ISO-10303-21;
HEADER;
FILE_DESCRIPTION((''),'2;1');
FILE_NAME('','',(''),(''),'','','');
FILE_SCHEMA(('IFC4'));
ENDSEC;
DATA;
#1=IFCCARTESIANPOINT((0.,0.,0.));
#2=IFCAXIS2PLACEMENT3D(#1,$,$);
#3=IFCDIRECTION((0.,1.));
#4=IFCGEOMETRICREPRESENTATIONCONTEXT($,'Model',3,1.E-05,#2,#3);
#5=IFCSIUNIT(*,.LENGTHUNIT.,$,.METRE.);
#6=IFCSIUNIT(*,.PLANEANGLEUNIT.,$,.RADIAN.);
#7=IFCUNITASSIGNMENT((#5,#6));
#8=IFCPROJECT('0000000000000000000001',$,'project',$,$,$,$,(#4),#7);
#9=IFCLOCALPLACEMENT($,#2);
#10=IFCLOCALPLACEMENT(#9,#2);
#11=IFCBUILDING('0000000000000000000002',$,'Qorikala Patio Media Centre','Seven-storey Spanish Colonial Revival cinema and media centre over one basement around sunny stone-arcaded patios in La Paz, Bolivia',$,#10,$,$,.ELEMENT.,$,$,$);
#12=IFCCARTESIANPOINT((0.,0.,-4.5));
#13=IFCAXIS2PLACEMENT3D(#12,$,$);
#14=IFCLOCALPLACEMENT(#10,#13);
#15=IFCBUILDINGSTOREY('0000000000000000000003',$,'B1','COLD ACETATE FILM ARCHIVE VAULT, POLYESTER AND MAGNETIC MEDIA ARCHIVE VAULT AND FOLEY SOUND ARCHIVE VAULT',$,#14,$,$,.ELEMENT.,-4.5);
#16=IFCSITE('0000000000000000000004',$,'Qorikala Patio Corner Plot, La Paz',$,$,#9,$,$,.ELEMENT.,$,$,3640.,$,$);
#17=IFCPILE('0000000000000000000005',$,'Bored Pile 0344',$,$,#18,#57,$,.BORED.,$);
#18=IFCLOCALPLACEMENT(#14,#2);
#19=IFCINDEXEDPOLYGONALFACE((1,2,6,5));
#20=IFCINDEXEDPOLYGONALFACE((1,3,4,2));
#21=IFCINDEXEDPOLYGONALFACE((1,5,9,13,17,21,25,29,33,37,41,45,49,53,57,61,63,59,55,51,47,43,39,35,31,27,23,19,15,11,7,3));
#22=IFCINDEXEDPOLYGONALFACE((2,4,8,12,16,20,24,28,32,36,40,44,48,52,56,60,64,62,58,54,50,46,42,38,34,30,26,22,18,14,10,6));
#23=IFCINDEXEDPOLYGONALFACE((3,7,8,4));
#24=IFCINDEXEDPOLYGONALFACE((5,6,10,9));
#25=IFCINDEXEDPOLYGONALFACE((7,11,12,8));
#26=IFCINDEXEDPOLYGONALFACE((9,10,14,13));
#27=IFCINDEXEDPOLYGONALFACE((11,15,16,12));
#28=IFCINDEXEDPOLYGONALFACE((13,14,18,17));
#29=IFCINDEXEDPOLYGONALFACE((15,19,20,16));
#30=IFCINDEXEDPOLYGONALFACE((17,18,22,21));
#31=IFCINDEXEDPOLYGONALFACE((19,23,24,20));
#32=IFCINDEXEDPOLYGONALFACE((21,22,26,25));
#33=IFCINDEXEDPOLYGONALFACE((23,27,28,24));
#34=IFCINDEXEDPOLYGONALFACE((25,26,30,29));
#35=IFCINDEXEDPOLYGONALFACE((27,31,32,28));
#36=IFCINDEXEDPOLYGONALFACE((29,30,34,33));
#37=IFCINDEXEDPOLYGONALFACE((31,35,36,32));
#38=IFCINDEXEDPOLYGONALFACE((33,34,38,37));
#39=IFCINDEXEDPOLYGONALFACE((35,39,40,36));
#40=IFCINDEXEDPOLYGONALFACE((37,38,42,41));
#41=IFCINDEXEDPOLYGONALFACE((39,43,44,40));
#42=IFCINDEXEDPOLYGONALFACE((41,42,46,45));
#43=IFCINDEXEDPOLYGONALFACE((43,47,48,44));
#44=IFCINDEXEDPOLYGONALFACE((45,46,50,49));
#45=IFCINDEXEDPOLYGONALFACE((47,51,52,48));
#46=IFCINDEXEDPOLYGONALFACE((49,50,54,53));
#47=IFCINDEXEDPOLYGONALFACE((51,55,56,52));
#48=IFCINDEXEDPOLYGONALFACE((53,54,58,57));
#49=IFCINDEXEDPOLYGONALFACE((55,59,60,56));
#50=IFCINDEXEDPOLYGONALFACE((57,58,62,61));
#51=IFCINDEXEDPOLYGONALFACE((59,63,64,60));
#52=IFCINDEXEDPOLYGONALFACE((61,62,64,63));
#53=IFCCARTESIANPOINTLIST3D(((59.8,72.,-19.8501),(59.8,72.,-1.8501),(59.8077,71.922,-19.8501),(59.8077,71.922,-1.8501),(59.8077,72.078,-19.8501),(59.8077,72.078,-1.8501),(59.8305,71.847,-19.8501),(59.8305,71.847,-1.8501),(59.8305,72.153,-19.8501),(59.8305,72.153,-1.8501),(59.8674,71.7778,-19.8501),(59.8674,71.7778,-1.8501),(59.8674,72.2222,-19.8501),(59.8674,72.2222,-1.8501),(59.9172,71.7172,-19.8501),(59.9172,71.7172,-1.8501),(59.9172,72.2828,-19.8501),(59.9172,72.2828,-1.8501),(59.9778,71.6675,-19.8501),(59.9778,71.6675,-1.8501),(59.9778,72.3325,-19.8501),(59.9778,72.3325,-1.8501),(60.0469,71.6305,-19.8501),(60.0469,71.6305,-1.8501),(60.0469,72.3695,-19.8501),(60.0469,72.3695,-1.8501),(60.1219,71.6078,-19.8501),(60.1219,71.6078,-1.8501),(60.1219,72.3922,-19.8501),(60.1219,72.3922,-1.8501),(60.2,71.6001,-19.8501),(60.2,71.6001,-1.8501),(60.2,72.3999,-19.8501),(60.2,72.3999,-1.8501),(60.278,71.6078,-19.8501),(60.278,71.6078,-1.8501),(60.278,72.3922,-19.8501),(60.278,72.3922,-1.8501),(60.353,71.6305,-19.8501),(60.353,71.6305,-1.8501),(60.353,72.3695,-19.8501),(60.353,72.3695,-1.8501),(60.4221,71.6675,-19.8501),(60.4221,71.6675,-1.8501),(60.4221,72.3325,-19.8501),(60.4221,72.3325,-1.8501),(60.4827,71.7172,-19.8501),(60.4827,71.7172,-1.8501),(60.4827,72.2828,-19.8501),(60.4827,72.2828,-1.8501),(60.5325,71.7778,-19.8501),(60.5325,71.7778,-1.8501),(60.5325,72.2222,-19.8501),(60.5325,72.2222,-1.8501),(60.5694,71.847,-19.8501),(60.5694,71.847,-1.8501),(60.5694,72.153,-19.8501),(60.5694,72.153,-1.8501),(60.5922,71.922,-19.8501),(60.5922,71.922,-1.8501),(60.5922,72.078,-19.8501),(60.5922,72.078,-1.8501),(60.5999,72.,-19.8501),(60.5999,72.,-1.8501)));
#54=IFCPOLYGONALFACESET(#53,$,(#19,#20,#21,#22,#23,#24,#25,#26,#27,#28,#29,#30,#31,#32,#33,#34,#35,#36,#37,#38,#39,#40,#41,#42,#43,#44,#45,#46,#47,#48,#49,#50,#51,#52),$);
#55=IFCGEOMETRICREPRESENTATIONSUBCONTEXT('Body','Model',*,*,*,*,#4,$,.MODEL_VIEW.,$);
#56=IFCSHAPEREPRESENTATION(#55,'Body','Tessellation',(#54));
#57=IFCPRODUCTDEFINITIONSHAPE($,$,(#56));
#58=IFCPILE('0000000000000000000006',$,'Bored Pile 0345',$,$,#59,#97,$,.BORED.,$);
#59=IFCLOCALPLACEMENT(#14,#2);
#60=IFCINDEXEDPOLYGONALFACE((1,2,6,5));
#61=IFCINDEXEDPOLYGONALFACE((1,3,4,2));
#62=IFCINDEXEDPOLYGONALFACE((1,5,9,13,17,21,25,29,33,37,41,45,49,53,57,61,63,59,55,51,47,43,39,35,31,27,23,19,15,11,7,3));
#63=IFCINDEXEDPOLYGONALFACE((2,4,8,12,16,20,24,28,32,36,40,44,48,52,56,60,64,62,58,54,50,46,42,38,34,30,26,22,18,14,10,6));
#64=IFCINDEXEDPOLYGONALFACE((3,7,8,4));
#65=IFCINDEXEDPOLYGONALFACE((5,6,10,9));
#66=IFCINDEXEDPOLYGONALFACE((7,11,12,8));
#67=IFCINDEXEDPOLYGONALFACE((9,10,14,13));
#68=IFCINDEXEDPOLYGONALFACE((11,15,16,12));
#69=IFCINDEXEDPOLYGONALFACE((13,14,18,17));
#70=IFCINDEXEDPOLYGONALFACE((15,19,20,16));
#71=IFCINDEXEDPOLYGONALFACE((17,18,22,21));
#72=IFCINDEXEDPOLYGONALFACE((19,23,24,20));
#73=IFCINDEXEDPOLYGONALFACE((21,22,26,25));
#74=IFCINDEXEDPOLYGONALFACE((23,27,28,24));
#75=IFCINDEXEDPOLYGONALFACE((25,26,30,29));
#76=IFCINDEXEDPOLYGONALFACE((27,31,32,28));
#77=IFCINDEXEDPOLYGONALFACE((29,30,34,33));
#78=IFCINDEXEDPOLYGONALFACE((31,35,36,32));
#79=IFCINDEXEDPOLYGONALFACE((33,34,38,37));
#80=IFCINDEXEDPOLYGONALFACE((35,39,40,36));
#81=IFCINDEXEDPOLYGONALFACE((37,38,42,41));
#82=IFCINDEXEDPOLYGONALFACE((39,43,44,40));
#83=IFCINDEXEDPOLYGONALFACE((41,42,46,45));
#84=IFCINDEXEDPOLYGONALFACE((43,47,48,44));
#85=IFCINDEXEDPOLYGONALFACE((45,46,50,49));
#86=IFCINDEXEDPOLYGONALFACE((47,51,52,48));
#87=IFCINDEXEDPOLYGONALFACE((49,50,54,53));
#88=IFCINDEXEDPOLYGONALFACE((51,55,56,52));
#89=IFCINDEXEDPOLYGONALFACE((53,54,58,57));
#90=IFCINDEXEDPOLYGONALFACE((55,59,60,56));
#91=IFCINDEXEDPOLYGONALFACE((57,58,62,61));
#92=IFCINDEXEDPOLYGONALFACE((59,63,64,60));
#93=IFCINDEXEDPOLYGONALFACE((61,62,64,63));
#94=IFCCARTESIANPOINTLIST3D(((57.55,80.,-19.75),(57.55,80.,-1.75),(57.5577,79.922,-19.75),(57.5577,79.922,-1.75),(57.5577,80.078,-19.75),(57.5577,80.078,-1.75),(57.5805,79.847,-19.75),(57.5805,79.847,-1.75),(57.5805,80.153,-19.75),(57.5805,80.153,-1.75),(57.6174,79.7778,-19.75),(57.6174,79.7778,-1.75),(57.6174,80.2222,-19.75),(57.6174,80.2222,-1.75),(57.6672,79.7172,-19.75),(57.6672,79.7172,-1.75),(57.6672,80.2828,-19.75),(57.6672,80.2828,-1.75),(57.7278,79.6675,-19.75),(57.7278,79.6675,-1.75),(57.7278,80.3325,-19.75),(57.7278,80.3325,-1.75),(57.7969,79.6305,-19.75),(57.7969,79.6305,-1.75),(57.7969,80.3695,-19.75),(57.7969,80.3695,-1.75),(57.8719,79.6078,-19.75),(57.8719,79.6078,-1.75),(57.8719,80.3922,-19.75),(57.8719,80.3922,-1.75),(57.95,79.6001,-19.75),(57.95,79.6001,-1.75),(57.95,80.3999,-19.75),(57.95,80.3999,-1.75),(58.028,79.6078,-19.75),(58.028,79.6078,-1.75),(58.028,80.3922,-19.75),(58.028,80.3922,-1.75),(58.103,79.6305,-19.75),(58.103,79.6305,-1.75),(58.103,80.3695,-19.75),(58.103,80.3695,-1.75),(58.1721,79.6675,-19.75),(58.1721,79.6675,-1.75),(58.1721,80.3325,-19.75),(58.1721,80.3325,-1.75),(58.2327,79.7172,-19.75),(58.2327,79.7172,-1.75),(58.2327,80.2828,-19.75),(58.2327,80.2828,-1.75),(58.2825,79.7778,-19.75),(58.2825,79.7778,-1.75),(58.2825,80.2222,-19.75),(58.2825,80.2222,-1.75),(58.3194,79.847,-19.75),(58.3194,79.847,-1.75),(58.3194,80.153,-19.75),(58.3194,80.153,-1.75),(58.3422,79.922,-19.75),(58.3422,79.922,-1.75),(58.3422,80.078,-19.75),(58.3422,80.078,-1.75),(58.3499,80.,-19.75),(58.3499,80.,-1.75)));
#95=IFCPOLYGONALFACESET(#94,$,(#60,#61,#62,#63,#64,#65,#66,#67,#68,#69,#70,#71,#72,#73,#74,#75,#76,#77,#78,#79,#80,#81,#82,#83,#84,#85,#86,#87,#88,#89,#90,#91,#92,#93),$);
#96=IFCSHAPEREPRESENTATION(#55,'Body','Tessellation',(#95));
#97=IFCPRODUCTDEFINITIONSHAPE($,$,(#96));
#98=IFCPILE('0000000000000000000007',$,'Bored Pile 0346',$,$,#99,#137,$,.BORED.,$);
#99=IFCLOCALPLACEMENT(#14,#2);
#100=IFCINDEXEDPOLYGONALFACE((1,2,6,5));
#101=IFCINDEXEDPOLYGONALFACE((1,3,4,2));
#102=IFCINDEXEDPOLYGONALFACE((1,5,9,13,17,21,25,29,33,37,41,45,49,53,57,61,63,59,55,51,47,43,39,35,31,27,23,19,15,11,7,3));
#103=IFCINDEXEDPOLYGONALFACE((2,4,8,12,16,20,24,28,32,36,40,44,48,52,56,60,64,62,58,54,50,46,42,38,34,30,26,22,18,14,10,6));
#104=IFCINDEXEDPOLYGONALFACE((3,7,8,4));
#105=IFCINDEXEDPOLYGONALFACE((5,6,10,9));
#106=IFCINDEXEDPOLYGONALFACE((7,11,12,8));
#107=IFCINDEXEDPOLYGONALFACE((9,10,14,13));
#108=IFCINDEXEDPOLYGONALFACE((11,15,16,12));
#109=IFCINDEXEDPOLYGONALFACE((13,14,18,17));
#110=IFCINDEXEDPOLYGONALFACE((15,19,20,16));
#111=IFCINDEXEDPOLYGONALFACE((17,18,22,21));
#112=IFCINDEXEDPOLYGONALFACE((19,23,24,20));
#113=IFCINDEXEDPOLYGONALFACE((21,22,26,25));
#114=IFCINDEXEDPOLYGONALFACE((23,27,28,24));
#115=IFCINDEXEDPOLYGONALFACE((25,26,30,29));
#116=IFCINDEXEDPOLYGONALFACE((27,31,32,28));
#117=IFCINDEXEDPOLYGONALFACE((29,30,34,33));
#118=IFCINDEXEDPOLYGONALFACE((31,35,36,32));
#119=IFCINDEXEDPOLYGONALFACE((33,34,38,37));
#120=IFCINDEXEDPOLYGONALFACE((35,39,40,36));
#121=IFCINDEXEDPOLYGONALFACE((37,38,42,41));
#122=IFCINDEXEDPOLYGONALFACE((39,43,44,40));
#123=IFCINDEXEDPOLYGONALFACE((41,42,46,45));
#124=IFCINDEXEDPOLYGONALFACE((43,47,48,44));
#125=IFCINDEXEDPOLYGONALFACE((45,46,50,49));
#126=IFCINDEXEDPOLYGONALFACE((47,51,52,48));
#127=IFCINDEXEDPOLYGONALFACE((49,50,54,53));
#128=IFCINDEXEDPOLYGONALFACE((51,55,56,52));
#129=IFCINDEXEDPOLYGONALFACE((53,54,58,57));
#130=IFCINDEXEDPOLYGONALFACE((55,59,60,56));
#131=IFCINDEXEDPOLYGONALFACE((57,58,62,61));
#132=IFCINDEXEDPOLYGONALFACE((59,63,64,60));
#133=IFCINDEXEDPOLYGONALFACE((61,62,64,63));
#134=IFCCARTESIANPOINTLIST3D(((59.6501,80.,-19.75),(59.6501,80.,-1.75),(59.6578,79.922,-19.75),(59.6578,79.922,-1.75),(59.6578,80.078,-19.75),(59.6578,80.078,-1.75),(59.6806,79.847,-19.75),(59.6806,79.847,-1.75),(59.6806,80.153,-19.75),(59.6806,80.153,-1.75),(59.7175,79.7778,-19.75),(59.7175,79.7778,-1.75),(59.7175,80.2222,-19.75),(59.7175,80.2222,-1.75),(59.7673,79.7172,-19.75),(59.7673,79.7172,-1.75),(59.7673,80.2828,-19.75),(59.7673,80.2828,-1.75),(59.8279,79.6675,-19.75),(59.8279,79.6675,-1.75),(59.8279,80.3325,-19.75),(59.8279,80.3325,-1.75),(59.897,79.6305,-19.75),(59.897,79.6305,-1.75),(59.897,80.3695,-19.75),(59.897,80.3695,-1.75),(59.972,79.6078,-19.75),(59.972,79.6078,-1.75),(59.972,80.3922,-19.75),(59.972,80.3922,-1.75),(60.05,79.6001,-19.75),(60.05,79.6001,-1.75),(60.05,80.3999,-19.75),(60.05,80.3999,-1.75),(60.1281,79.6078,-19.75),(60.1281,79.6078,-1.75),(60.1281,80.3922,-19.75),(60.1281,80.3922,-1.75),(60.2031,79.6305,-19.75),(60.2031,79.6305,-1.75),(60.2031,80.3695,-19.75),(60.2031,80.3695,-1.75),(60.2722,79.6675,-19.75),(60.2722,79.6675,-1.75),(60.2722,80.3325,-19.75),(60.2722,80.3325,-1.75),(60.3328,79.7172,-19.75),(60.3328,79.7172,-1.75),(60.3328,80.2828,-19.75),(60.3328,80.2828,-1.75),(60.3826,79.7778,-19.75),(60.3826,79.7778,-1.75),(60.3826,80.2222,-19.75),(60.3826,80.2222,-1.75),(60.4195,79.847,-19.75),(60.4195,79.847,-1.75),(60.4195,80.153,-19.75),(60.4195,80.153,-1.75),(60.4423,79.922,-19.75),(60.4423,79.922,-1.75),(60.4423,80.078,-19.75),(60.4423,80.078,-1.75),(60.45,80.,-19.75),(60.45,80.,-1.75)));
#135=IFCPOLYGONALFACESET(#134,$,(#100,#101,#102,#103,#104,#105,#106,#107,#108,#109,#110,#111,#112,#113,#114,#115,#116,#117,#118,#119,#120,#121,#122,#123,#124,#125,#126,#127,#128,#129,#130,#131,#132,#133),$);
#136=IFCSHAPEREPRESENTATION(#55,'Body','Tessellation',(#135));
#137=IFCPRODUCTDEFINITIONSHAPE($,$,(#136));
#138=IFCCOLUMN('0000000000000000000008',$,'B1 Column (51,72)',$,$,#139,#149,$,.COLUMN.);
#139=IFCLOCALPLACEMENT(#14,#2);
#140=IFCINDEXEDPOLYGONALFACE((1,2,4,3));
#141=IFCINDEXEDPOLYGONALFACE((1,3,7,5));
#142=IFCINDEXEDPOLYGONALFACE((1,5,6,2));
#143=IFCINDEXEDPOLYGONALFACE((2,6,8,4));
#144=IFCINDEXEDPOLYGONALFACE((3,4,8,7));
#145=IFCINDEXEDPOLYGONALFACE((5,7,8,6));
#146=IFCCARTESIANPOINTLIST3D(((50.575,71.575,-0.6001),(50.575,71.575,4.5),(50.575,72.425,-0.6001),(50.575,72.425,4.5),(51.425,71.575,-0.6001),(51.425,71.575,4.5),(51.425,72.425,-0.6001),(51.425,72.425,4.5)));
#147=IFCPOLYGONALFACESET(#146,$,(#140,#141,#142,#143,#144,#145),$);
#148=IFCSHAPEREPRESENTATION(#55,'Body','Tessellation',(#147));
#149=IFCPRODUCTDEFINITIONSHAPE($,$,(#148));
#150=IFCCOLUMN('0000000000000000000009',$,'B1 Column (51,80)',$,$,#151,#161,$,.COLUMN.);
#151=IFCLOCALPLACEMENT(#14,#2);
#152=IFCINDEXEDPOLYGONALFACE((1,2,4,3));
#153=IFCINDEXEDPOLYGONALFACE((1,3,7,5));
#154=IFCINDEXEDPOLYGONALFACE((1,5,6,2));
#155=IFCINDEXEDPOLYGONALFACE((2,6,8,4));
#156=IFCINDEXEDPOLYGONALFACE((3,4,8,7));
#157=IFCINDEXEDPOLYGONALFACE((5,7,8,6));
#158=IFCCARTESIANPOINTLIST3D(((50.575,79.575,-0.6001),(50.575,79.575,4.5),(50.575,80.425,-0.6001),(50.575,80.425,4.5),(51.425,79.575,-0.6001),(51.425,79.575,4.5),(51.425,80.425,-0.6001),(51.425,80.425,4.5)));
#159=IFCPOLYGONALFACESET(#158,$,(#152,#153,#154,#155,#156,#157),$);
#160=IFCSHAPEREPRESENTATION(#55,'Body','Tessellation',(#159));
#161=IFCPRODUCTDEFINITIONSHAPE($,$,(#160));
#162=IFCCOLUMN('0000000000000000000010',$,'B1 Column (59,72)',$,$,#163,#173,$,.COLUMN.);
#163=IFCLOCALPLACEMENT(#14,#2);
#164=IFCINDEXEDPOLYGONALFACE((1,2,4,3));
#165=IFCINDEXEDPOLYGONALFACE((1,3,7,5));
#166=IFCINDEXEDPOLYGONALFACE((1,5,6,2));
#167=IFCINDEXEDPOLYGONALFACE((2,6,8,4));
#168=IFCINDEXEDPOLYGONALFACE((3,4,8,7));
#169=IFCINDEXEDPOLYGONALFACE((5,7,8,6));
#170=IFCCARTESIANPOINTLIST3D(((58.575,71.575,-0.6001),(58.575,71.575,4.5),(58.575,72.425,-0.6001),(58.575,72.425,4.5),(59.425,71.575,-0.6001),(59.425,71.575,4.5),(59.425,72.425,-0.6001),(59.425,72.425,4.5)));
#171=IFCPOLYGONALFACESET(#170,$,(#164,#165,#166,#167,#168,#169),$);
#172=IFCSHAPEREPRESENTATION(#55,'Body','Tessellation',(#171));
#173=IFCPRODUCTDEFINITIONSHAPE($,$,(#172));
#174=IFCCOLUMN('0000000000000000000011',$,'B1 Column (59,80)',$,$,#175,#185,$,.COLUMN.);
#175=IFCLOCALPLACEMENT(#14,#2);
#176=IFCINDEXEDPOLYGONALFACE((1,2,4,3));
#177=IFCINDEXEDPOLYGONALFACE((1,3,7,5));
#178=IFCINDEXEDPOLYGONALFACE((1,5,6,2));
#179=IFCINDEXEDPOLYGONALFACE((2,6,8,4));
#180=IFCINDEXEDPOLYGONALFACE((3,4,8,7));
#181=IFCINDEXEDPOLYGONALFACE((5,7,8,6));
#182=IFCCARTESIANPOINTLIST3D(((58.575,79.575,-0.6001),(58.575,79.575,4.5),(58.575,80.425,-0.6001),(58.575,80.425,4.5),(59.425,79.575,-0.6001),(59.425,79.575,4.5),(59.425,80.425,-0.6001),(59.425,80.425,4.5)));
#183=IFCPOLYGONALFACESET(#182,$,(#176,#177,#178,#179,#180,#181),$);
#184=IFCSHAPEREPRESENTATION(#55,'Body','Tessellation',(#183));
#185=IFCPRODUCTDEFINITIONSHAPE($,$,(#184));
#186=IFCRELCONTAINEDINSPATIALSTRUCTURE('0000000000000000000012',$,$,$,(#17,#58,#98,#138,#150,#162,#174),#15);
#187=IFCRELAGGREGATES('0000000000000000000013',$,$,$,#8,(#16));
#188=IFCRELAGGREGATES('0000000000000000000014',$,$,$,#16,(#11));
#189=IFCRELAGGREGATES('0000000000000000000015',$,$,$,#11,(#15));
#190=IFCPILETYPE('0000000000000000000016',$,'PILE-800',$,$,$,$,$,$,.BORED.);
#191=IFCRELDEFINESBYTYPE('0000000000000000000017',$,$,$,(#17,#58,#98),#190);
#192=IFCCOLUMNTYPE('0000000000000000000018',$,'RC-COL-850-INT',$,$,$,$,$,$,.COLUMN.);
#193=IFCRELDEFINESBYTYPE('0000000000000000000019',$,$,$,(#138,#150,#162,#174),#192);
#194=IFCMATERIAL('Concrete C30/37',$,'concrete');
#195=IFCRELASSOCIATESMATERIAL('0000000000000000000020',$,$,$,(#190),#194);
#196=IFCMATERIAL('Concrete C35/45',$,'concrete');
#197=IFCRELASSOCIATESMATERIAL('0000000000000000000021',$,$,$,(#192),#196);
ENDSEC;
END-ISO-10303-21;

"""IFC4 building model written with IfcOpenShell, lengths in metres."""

from ifc_helpers import new_model, si_unit, direction, frame, origin, origin_2d, place, context, subcontext, project, spatial, rectangle, circle, extrude, material, material_profile, profile_set, type_object, element, save


model = new_model("IFC4")

# Units and contexts
model_context = context("Model", 3, precision=1e-05, world=origin(), true_north=direction((0.0, 1.0)))
body_context = subcontext(model_context, "Body", "Model", "MODEL_VIEW")
ifc_project = project(units=[si_unit("LENGTHUNIT", "METRE"), si_unit("PLANEANGLEUNIT", "RADIAN")], contexts=[model_context])

# Site, building, storey
site_placement = place(None, origin())
site = spatial("IfcSite", under=ifc_project, at=site_placement, Name="Qorikala Patio Corner Plot, La Paz", CompositionType="ELEMENT", RefElevation=3640.0)
building_placement = place(site_placement, origin())
building = spatial("IfcBuilding", under=site, at=building_placement, Name="Qorikala Patio Media Centre", Description="Seven-storey Spanish Colonial Revival cinema and media centre over one basement around sunny stone-arcaded patios in La Paz, Bolivia", CompositionType="ELEMENT")
storey_placement = place(building_placement, frame((0.0, 0.0, -4.5)))
storey = spatial("IfcBuildingStorey", under=building, at=storey_placement, Name="B1", Description="COLD ACETATE FILM ARCHIVE VAULT, POLYESTER AND MAGNETIC MEDIA ARCHIVE VAULT AND FOLEY SOUND ARCHIVE VAULT", CompositionType="ELEMENT", Elevation=-4.5)

# Shared definitions
ifc_material_1 = material(Name="Concrete C30/37", Category="concrete")

# Piles
ifc_material_profile_1 = material_profile(ifc_material_1, circle(Radius=0.3999, at=origin_2d()), Name="BORED PILE 800")
ifc_profile_set_1 = profile_set([ifc_material_profile_1], Name="Concrete C30/37")
pile_type = type_object("IfcPileType", Name="PILE-800", PredefinedType="BORED", material=ifc_profile_set_1)
for number, where, z_axis, x_axis, name in (
    (1, (60.2, 72.0, -1.8501), (0.0, 0.0, -1.0), (1.0, 0.0, 0.0), "Bored Pile 0344"),
    (2, (57.95, 80.0, -1.75), (0.0, 0.0, -1.0), (1.0, 0.0, 0.0), "Bored Pile 0345"),
    (3, (60.05, 80.0, -1.75), (0.0, 0.0, -1.0), (1.0, 0.0, 0.0), "Bored Pile 0346"),
):
    element("IfcPile", number, at=place(storey_placement, frame(where, z_axis=z_axis, x_axis=x_axis)), inside=storey, type_object=pile_type, Name=name, PredefinedType="BORED", context=body_context, shape_type="SweptSolid", body=[
        extrude(circle(Radius=0.3999, at=origin_2d()), origin(), (0.0, 0.0, 1.0), 18.0),
    ])

# Columns
ifc_material_2 = material(Name="Concrete C35/45", Category="concrete")
ifc_material_profile_2 = material_profile(ifc_material_2, rectangle(XDim=0.8501, YDim=0.8501, at=origin_2d()), Name="RC 850x850")
ifc_profile_set_2 = profile_set([ifc_material_profile_2], Name="Concrete C35/45")
column_type = type_object("IfcColumnType", Name="RC-COL-850-INT", PredefinedType="COLUMN", material=ifc_profile_set_2)
for number, where, z_axis, x_axis, name in (
    (4, (51.0, 72.0, -0.6001), (0.0, 0.0, 1.0), (1.0, 0.0, 0.0), "B1 Column (51,72)"),
    (5, (51.0, 80.0, -0.6001), (0.0, 0.0, 1.0), (1.0, 0.0, 0.0), "B1 Column (51,80)"),
    (6, (59.0, 72.0, -0.6001), (0.0, 0.0, 1.0), (1.0, 0.0, 0.0), "B1 Column (59,72)"),
    (7, (59.0, 80.0, -0.6001), (0.0, 0.0, 1.0), (1.0, 0.0, 0.0), "B1 Column (59,80)"),
):
    element("IfcColumn", number, at=place(storey_placement, frame(where, z_axis=z_axis, x_axis=x_axis)), inside=storey, type_object=column_type, Name=name, PredefinedType="COLUMN", context=body_context, shape_type="SweptSolid", body=[
        extrude(rectangle(XDim=0.8501, YDim=0.8501, at=origin_2d()), origin(), (0.0, 0.0, 1.0), 5.1001),
    ])

save(model, "model.ifc")
